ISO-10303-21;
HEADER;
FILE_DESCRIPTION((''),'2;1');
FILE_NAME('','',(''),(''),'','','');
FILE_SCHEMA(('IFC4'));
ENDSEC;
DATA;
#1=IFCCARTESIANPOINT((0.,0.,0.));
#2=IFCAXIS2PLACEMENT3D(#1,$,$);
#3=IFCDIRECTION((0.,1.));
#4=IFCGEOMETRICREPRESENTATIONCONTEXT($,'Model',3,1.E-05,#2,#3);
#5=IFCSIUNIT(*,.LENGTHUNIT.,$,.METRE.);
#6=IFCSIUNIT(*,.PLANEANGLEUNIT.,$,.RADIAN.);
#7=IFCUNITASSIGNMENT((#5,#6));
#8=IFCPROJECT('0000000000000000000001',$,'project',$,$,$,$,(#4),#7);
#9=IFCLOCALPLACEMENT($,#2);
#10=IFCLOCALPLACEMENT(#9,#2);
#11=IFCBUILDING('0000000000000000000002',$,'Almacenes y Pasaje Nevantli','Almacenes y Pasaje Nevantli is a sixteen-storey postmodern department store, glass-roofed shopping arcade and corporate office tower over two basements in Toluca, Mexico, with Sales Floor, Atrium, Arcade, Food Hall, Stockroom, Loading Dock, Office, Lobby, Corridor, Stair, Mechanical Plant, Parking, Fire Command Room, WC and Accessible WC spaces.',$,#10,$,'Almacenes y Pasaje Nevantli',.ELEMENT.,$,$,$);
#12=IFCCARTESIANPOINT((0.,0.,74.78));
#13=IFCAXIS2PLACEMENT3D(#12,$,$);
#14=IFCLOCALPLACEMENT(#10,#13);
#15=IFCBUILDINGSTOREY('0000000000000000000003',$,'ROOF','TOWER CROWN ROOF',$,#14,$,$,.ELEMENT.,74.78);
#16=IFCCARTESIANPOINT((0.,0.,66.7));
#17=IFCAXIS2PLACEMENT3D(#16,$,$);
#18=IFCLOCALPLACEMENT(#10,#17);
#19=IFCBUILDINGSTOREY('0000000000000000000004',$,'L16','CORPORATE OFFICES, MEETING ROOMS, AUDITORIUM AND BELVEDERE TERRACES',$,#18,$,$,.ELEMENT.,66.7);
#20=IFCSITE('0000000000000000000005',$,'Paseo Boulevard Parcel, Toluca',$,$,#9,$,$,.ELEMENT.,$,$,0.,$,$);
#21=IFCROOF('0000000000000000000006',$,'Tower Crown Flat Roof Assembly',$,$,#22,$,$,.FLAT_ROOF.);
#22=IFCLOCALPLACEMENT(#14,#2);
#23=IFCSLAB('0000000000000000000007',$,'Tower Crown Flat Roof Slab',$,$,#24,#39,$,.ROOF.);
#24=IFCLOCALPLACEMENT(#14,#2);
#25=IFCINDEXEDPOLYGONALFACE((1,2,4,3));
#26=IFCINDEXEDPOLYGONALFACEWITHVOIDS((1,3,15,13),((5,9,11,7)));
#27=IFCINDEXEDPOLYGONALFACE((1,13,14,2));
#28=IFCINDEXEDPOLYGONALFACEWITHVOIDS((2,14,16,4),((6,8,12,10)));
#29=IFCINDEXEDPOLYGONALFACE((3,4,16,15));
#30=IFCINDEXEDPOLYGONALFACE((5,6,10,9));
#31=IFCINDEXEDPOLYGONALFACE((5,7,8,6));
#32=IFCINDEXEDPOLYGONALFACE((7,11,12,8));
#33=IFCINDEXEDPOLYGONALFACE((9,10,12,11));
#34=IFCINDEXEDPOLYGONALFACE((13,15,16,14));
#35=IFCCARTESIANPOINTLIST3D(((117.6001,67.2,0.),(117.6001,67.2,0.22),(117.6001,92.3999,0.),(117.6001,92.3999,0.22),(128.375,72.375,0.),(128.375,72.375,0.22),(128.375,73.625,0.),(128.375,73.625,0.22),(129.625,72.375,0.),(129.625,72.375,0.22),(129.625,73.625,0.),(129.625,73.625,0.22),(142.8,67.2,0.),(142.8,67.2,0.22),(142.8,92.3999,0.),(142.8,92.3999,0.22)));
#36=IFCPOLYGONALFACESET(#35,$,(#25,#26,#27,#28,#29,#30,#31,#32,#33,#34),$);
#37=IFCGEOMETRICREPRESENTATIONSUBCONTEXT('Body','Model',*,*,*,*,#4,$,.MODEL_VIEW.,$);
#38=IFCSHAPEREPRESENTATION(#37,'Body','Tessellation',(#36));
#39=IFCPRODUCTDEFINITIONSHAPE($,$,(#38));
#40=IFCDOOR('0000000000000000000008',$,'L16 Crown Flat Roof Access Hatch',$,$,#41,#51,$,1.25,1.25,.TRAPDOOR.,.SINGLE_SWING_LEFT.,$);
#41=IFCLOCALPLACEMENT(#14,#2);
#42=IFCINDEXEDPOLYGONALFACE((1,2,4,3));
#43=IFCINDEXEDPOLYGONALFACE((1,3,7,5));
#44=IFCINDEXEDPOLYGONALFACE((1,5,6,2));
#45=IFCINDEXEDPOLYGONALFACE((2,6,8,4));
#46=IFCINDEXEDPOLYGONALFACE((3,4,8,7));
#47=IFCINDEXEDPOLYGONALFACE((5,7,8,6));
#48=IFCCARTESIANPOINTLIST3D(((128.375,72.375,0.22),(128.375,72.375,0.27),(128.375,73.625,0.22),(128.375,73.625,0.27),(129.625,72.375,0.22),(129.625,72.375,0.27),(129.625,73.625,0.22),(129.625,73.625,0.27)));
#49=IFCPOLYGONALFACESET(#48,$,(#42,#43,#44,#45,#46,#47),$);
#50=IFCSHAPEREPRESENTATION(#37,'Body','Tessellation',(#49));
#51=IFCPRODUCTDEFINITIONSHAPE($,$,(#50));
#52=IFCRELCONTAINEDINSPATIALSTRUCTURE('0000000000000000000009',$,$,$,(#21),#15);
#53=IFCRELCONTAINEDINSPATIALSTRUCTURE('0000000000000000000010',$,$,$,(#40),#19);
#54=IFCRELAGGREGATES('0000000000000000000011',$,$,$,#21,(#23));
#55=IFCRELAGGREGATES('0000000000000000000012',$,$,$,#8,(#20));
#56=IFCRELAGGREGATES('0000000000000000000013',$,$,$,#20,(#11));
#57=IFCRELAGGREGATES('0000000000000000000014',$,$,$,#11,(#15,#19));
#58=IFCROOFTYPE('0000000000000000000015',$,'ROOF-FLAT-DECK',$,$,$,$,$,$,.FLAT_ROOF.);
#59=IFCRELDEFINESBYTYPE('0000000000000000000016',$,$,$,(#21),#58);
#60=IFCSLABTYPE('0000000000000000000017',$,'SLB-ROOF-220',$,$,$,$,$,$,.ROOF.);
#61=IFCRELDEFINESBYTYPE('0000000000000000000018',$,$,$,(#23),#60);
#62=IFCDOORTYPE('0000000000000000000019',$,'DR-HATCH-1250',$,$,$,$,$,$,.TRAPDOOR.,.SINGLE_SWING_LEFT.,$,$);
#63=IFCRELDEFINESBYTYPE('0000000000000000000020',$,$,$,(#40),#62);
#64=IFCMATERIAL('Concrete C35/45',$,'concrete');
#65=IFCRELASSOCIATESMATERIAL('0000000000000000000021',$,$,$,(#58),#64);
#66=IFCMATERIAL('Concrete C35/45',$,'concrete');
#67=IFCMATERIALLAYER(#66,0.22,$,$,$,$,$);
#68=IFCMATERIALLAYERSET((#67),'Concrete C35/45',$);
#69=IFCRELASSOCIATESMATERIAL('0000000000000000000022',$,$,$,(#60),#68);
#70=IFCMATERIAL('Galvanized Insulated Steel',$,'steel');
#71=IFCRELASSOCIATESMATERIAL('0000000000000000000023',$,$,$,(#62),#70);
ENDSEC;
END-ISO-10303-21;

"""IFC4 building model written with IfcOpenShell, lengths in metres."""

from ifc_helpers import new_model, si_unit, direction, frame, origin, origin_2d, place, context, subcontext, project, spatial, polyline, rectangle, outline, extrude, material, layer, layer_set, type_object, element, fill, aggregate, save


model = new_model("IFC4")

# Units and contexts
model_context = context("Model", 3, precision=1e-05, world=origin(), true_north=direction((0.0, 1.0)))
body_context = subcontext(model_context, "Body", "Model", "MODEL_VIEW")
ifc_project = project(units=[si_unit("LENGTHUNIT", "METRE"), si_unit("PLANEANGLEUNIT", "RADIAN")], contexts=[model_context])

# Site, building, storey
site_placement = place(None, origin())
site = spatial("IfcSite", under=ifc_project, at=site_placement, Name="Paseo Boulevard Parcel, Toluca", CompositionType="ELEMENT", RefElevation=0.0)
building_placement = place(site_placement, origin())
building = spatial("IfcBuilding", under=site, at=building_placement, Name="Almacenes y Pasaje Nevantli", Description="Almacenes y Pasaje Nevantli is a sixteen-storey postmodern department store, glass-roofed shopping arcade and corporate office tower over two basements in Toluca, Mexico, with Sales Floor, Atrium, Arcade, Food Hall, Stockroom, Loading Dock, Office, Lobby, Corridor, Stair, Mechanical Plant, Parking, Fire Command Room, WC and Accessible WC spaces.", LongName="Almacenes y Pasaje Nevantli", CompositionType="ELEMENT")
storey_1_placement = place(building_placement, frame((0.0, 0.0, 74.78)))
storey_1 = spatial("IfcBuildingStorey", under=building, at=storey_1_placement, Name="ROOF", Description="TOWER CROWN ROOF", CompositionType="ELEMENT", Elevation=74.78)

# Roof, slab, opening
ifc_material_1 = material(Name="Concrete C35/45", Category="concrete")
roof_type = type_object("IfcRoofType", Name="ROOF-FLAT-DECK", PredefinedType="FLAT_ROOF", material=ifc_material_1)
roof_placement = place(storey_1_placement, origin())
roof = element("IfcRoof", 1, at=roof_placement, inside=storey_1, type_object=roof_type, Name="Tower Crown Flat Roof Assembly", PredefinedType="FLAT_ROOF")
ifc_material_2 = material(Name="Concrete C35/45", Category="concrete")
ifc_layer = layer(ifc_material_2, 0.22)
ifc_layer_set = layer_set([ifc_layer], Name="Concrete C35/45")
slab_type = type_object("IfcSlabType", Name="SLB-ROOF-220", PredefinedType="ROOF", material=ifc_layer_set)
slab_placement = place(storey_1_placement, origin())
slab = element("IfcSlab", 2, at=slab_placement, type_object=slab_type, Name="Tower Crown Flat Roof Slab", PredefinedType="ROOF", context=body_context, shape_type="SweptSolid", body=[
    extrude(outline(polyline([(117.6001, 67.2), (142.8, 67.2), (142.8, 92.3999), (117.6001, 92.3999), (117.6001, 67.2)])), origin(), (0.0, 0.0, 1.0), 0.22),
])
opening_placement = place(slab_placement, frame((129.0, 73.0, -0.01)))
opening = element("IfcOpeningElement", 3, at=opening_placement, cuts=slab, PredefinedType="OPENING", context=body_context, shape_type="SweptSolid", body=[
    extrude(rectangle(XDim=1.25, YDim=1.25, at=origin_2d()), origin(), (0.0, 0.0, 1.0), 0.29),
])

# Shared definitions
storey_2_placement = place(building_placement, frame((0.0, 0.0, 66.7)))
storey_2 = spatial("IfcBuildingStorey", under=building, at=storey_2_placement, Name="L16", Description="CORPORATE OFFICES, MEETING ROOMS, AUDITORIUM AND BELVEDERE TERRACES", CompositionType="ELEMENT", Elevation=66.7)

# Door
ifc_material_3 = material(Name="Galvanized Insulated Steel", Category="steel")
door_type = type_object("IfcDoorType", Name="DR-HATCH-1250", OperationType="SINGLE_SWING_LEFT", PredefinedType="TRAPDOOR", material=ifc_material_3)
door_placement = place(slab_placement, frame((129.0, 73.0, 0.22)))
door = element("IfcDoor", 4, at=door_placement, inside=storey_2, type_object=door_type, Name="L16 Crown Flat Roof Access Hatch", OperationType="SINGLE_SWING_LEFT", OverallHeight=1.25, OverallWidth=1.25, PredefinedType="TRAPDOOR", context=body_context, shape_type="SweptSolid", body=[
    extrude(rectangle(XDim=1.25, YDim=1.25, at=origin_2d()), origin(), (0.0, 0.0, 1.0), 0.05),
])
fill(opening, door)
aggregate(roof, [slab])

save(model, "model.ifc")
